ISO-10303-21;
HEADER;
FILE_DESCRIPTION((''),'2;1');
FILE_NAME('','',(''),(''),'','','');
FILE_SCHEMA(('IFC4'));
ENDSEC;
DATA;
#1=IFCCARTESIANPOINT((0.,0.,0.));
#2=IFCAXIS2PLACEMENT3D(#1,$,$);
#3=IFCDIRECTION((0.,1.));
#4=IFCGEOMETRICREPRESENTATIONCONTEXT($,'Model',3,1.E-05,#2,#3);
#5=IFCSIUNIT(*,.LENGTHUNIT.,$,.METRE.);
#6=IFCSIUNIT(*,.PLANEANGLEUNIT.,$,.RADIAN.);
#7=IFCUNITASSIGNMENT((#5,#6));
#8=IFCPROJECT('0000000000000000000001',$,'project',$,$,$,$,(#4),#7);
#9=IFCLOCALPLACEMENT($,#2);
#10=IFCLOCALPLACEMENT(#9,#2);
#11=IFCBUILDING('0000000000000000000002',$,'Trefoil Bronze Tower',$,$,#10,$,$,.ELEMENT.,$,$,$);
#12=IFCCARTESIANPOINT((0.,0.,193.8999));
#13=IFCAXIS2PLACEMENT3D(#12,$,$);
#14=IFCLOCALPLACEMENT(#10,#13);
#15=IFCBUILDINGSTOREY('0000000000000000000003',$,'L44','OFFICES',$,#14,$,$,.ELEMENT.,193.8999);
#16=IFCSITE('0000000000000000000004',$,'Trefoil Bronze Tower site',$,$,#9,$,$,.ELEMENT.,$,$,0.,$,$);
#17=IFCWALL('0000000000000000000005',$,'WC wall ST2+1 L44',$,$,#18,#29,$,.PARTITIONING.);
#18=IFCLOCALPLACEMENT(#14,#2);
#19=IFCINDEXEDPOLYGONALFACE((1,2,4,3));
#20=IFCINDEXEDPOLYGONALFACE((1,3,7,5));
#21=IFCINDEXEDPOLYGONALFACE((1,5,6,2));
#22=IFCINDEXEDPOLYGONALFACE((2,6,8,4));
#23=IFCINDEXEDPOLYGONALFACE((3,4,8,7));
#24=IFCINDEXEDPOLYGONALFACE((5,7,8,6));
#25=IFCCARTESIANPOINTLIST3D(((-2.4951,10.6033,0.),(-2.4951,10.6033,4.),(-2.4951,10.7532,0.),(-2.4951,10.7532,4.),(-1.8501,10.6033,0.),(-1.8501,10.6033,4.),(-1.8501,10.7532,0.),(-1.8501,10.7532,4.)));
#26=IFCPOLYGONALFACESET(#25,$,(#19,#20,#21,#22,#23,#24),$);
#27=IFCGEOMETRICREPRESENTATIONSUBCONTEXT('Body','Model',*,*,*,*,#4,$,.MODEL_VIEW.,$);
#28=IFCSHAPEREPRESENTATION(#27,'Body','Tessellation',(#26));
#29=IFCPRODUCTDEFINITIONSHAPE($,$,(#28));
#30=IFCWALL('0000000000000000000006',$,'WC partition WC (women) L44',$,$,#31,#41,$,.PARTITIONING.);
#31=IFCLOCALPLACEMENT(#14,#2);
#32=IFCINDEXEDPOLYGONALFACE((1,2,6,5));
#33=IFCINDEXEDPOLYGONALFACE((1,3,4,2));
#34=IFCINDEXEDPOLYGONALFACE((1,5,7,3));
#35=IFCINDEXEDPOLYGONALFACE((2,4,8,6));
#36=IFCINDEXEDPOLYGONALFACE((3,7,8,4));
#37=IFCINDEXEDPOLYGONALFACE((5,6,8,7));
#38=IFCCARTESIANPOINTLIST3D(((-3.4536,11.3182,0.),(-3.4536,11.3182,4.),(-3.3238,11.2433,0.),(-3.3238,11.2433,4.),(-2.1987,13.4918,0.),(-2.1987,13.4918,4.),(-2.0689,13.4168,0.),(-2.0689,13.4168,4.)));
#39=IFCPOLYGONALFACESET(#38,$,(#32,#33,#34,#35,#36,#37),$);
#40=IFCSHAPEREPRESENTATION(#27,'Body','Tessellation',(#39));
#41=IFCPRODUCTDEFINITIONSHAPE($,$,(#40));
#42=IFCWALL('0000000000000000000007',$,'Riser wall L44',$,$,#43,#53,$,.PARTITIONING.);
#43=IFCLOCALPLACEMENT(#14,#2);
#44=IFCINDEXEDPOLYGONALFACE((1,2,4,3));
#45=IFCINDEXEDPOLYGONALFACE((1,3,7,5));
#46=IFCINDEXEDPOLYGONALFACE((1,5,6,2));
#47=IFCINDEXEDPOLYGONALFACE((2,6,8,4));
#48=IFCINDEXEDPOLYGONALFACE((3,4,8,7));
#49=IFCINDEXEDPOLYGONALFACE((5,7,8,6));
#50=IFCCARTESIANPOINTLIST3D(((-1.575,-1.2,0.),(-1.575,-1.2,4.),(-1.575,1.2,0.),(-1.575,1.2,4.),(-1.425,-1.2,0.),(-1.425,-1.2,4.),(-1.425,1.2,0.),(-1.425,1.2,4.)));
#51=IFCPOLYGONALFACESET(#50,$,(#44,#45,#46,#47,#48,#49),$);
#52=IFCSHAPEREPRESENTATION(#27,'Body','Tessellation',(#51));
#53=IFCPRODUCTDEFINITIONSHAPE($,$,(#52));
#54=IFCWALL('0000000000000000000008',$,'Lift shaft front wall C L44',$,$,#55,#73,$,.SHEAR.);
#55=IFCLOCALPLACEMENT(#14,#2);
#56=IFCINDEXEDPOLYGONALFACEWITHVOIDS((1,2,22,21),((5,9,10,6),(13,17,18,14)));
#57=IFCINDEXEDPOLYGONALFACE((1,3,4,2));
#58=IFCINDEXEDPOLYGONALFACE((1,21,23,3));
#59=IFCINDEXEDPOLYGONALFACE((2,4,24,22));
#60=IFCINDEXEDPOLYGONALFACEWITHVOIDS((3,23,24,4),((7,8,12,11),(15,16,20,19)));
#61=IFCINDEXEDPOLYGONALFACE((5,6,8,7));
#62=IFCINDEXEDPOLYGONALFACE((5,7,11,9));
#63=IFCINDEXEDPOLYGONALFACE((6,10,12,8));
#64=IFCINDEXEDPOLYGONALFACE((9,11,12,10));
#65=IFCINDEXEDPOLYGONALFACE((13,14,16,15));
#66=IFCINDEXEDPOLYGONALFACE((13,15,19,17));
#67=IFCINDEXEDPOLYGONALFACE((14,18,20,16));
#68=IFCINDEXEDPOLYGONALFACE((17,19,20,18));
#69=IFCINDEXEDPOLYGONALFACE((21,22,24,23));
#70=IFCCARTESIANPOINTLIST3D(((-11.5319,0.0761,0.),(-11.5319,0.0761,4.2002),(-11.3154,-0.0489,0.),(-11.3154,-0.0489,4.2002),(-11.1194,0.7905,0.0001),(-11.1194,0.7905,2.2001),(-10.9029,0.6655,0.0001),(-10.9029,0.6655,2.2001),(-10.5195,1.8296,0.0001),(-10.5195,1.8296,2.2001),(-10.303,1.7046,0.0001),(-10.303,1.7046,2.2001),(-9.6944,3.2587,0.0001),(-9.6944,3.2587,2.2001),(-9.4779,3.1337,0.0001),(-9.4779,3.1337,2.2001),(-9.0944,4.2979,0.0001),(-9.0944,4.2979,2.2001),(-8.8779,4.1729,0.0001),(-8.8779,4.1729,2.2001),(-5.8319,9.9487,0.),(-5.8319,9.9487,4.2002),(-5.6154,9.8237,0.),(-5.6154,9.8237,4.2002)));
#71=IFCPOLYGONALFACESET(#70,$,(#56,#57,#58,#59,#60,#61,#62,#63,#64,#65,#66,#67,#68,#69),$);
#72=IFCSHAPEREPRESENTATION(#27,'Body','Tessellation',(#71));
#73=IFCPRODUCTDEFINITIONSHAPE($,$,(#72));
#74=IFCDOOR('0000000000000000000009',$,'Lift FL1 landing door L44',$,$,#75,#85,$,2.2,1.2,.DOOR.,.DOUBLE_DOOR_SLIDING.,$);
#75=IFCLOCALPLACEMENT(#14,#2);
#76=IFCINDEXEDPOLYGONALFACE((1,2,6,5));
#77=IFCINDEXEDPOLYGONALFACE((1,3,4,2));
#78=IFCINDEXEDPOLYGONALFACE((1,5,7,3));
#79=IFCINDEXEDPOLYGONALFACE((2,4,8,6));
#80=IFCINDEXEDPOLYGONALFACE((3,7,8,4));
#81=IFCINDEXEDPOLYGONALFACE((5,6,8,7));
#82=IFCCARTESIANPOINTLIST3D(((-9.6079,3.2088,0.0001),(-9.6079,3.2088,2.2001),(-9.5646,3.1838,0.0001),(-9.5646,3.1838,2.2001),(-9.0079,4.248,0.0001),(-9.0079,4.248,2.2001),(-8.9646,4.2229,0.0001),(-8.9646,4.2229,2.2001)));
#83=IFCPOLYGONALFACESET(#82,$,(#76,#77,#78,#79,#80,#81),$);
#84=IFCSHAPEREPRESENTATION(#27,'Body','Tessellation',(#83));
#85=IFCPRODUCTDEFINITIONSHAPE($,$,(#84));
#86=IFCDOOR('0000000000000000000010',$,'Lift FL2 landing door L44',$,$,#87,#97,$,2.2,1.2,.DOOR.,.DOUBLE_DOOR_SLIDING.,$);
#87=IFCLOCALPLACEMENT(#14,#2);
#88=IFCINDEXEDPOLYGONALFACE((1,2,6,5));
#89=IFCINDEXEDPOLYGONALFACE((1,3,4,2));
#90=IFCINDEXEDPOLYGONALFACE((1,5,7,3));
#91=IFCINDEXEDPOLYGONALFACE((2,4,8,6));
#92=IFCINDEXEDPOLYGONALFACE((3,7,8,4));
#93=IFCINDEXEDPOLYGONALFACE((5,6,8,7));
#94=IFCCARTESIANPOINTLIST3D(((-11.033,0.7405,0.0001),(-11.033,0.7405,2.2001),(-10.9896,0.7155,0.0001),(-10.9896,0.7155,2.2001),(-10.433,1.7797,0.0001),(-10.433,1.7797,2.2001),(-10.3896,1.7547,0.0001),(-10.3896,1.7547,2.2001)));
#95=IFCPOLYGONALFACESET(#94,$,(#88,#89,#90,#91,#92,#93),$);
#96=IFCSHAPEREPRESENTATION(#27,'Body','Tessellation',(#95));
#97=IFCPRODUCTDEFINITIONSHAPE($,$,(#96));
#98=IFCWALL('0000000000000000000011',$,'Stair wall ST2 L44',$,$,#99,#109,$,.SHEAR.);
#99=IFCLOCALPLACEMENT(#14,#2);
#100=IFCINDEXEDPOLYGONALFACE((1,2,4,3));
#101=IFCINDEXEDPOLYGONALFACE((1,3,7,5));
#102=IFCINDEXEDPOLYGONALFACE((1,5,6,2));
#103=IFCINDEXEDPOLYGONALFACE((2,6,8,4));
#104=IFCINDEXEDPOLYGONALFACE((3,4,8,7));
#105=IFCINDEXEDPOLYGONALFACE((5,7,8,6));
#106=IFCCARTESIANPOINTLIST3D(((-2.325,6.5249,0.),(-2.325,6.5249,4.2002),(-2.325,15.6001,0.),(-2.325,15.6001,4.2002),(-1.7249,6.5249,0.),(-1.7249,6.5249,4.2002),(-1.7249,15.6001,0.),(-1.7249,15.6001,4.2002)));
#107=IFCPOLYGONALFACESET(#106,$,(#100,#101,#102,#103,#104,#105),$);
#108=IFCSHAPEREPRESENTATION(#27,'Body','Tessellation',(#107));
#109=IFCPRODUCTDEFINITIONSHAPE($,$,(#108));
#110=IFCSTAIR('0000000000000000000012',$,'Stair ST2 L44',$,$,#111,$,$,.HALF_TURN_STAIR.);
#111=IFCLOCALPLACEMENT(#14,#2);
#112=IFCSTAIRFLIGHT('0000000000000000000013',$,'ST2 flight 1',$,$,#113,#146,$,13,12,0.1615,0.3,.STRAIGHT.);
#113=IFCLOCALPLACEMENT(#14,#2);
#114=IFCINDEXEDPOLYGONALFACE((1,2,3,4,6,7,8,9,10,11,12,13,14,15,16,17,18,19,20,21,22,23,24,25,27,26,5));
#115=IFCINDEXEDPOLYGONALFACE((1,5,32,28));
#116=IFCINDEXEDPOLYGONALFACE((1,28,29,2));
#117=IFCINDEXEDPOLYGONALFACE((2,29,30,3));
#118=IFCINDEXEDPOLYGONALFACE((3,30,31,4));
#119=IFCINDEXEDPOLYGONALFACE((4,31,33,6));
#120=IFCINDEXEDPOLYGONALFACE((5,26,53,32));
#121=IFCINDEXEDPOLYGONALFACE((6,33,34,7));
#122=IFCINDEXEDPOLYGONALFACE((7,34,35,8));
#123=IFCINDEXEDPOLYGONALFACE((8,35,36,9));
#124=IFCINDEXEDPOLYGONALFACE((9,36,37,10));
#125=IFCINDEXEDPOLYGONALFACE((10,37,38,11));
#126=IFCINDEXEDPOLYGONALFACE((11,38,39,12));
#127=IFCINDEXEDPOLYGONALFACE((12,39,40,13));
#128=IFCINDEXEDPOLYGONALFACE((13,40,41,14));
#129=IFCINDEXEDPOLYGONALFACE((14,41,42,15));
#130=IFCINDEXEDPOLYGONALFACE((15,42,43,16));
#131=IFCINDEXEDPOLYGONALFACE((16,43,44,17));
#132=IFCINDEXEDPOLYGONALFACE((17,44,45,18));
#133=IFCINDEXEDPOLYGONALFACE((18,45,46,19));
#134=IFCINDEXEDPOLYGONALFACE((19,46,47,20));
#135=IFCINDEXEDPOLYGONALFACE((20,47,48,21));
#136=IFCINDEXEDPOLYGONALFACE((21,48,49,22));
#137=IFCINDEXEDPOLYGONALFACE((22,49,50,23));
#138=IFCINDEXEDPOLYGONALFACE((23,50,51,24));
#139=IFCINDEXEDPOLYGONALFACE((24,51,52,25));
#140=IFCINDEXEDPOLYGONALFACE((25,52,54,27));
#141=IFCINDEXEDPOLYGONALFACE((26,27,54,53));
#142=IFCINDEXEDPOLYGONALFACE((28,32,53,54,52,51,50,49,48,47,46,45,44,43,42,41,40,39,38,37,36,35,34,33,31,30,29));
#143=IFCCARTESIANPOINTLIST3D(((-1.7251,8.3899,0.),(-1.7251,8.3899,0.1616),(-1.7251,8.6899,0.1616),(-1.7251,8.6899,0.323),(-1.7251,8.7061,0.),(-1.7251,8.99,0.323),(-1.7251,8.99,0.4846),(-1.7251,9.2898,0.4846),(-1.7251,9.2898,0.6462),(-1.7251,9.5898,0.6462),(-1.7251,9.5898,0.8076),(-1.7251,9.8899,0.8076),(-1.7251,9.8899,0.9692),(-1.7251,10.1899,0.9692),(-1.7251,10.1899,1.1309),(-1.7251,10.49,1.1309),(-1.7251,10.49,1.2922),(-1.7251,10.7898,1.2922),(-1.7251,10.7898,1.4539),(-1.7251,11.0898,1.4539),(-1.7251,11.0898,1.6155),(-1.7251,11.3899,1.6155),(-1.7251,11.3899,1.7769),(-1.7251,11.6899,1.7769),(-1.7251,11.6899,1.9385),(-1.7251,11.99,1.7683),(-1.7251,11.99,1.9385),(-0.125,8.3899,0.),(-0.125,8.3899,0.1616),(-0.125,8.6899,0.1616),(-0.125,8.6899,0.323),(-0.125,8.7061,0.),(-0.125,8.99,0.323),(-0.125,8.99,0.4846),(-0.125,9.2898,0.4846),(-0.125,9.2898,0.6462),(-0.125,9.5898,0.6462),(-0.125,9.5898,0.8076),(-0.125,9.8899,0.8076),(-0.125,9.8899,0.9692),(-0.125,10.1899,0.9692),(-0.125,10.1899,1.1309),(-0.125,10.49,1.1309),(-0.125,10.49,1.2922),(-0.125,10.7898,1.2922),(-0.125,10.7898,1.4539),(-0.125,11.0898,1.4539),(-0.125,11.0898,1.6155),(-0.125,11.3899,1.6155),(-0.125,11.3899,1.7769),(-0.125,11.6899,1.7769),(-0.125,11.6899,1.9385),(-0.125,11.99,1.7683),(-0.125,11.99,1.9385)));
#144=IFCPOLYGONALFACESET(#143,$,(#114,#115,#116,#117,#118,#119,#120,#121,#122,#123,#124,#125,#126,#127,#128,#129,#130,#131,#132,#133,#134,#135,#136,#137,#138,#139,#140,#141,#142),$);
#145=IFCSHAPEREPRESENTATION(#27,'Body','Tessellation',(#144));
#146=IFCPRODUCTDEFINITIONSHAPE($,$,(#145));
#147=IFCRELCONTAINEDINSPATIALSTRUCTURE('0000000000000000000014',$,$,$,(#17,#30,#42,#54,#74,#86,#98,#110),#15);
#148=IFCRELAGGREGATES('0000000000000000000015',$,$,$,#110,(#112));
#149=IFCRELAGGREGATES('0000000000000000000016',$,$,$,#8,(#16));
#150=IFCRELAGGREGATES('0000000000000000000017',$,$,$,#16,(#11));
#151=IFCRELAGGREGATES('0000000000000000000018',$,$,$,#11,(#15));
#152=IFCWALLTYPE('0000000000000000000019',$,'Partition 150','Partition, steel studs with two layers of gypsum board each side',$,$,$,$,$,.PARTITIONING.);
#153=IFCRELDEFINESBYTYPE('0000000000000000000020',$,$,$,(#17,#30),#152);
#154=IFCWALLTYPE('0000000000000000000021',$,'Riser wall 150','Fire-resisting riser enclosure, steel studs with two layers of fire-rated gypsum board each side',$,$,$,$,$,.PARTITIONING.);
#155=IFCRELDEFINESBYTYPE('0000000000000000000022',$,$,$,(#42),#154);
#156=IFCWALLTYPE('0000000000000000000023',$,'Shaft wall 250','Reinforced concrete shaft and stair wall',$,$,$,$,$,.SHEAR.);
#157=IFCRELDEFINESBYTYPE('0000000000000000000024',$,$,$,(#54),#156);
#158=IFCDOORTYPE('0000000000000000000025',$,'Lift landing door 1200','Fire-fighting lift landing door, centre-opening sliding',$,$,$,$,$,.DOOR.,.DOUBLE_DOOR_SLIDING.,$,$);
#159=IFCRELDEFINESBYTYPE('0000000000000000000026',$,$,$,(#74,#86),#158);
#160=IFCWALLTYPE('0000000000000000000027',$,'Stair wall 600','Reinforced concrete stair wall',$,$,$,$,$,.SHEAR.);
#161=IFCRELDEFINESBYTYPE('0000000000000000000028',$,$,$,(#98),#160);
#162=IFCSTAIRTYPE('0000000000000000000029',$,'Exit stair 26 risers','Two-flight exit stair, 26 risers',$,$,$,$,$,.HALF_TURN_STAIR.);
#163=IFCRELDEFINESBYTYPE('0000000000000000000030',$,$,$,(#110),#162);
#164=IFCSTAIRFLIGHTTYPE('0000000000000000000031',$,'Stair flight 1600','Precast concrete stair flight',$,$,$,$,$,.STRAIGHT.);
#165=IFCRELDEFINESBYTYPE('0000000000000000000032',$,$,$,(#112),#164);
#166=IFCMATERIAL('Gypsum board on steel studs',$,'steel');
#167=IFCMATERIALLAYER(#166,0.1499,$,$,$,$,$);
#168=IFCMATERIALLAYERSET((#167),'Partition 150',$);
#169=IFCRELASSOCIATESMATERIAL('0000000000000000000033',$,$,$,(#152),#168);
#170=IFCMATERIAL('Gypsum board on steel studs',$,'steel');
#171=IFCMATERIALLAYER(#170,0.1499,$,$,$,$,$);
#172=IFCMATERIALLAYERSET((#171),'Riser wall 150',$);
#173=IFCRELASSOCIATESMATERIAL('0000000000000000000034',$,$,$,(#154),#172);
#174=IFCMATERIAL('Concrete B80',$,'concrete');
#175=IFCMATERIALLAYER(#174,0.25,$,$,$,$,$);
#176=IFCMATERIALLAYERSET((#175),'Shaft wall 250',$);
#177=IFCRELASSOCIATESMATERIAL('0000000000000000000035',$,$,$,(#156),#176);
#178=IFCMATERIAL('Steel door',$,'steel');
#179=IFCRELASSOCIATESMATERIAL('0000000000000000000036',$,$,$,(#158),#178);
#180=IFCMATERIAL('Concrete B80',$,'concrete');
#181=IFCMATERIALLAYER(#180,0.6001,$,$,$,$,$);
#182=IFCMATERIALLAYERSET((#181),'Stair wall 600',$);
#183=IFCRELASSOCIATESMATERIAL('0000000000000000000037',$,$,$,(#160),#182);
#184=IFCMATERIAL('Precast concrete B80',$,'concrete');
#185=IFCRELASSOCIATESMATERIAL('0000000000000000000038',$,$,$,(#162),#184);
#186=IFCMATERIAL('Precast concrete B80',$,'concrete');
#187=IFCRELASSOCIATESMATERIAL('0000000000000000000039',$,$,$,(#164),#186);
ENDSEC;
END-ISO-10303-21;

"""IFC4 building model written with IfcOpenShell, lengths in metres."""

from ifc_helpers import new_model, si_unit, direction, frame, frame_2d, origin, place, context, subcontext, project, spatial, polyline, rectangle, outline, extrude, material, layer, layer_set, type_object, element, fill, aggregate, save


model = new_model("IFC4")

# Units and contexts
model_context = context("Model", 3, precision=1e-05, world=origin(), true_north=direction((0.0, 1.0)))
body_context = subcontext(model_context, "Body", "Model", "MODEL_VIEW")
ifc_project = project(units=[si_unit("LENGTHUNIT", "METRE"), si_unit("PLANEANGLEUNIT", "RADIAN")], contexts=[model_context])

# Site, building, storey
site_placement = place(None, origin())
site = spatial("IfcSite", under=ifc_project, at=site_placement, Name="Trefoil Bronze Tower site", CompositionType="ELEMENT", RefElevation=0.0)
building_placement = place(site_placement, origin())
building = spatial("IfcBuilding", under=site, at=building_placement, Name="Trefoil Bronze Tower", CompositionType="ELEMENT")
storey_placement = place(building_placement, frame((0.0, 0.0, 193.8999)))
storey = spatial("IfcBuildingStorey", under=building, at=storey_placement, Name="L44", Description="OFFICES", CompositionType="ELEMENT", Elevation=193.8999)

# Shared definitions
ifc_material_1 = material(Name="Gypsum board on steel studs", Category="steel")
ifc_layer_1 = layer(ifc_material_1, 0.1499)
ifc_layer_set_1 = layer_set([ifc_layer_1], Name="Partition 150")
wall_type_1 = type_object("IfcWallType", Name="Partition 150", Description="Partition, steel studs with two layers of gypsum board each side", PredefinedType="PARTITIONING", material=ifc_layer_set_1)

# Walls
wall_1_placement = place(storey_placement, frame((-2.4951, 10.6782, 0.0), z_axis=(0.0, 0.0, 1.0), x_axis=(1.0, 0.0, 0.0)))
element("IfcWall", 1, at=wall_1_placement, inside=storey, type_object=wall_type_1, Name="WC wall ST2+1 L44", PredefinedType="PARTITIONING", context=body_context, shape_type="SweptSolid", body=[
    extrude(rectangle(XDim=0.645, YDim=0.1499, at=frame_2d((0.3225, 0.0))), origin(), (0.0, 0.0, 1.0), 4.0),
])
wall_2_placement = place(storey_placement, frame((-3.3887, 11.2808, 0.0), z_axis=(0.0, 0.0, 1.0), x_axis=(0.499989, 0.866032, 0.0)))
element("IfcWall", 2, at=wall_2_placement, inside=storey, type_object=wall_type_1, Name="WC partition WC (women) L44", PredefinedType="PARTITIONING", context=body_context, shape_type="SweptSolid", body=[
    extrude(rectangle(XDim=2.5098, YDim=0.1499, at=frame_2d((1.2549, 0.0))), origin(), (0.0, 0.0, 1.0), 4.0),
])
ifc_material_2 = material(Name="Gypsum board on steel studs", Category="steel")
ifc_layer_2 = layer(ifc_material_2, 0.1499)
ifc_layer_set_2 = layer_set([ifc_layer_2], Name="Riser wall 150")
wall_type_2 = type_object("IfcWallType", Name="Riser wall 150", Description="Fire-resisting riser enclosure, steel studs with two layers of fire-rated gypsum board each side", PredefinedType="PARTITIONING", material=ifc_layer_set_2)
wall_3_placement = place(storey_placement, frame((-1.5, 1.2, 0.0), z_axis=(0.0, 0.0, 1.0), x_axis=(0.0, -1.0, 0.0)))
element("IfcWall", 3, at=wall_3_placement, inside=storey, type_object=wall_type_2, Name="Riser wall L44", PredefinedType="PARTITIONING", context=body_context, shape_type="SweptSolid", body=[
    extrude(rectangle(XDim=2.3999, YDim=0.1499, at=frame_2d((1.2, 0.0))), origin(), (0.0, 0.0, 1.0), 4.0),
])

# Wall, openings, doors
ifc_material_3 = material(Name="Concrete B80", Category="concrete")
ifc_layer_3 = layer(ifc_material_3, 0.25)
ifc_layer_set_3 = layer_set([ifc_layer_3], Name="Shaft wall 250")
wall_type_3 = type_object("IfcWallType", Name="Shaft wall 250", Description="Reinforced concrete shaft and stair wall", PredefinedType="SHEAR", material=ifc_layer_set_3)
wall_4_placement = place(storey_placement, frame((-5.7236, 9.8862, 0.0), z_axis=(0.0, 0.0, 1.0), x_axis=(-0.500002, -0.866024, 0.0)))
wall_4 = element("IfcWall", 4, at=wall_4_placement, inside=storey, type_object=wall_type_3, Name="Lift shaft front wall C L44", PredefinedType="SHEAR", context=body_context, shape_type="SweptSolid", body=[
    extrude(rectangle(XDim=11.3999, YDim=0.25, at=frame_2d((5.7, 0.0))), origin(), (0.0, 0.0, 1.0), 4.2002),
])
opening_1_placement = place(wall_4_placement, frame((6.5249, 0.0, 0.0)))
opening_1 = element("IfcOpeningElement", 5, at=opening_1_placement, cuts=wall_4, PredefinedType="OPENING", context=body_context, shape_type="SweptSolid", body=[
    extrude(rectangle(XDim=1.2, YDim=2.2, at=frame_2d((0.6001, 1.1001))), frame((0.0, 0.135, 0.0), z_axis=(0.0, -1.0, 0.0), x_axis=(1.0, 0.0, 0.0)), (0.0, 0.0, 1.0), 0.27),
])
opening_2_placement = place(wall_4_placement, frame((9.375, 0.0, 0.0)))
opening_2 = element("IfcOpeningElement", 6, at=opening_2_placement, cuts=wall_4, PredefinedType="OPENING", context=body_context, shape_type="SweptSolid", body=[
    extrude(rectangle(XDim=1.2, YDim=2.2, at=frame_2d((0.6001, 1.1001))), frame((0.0, 0.135, 0.0), z_axis=(0.0, -1.0, 0.0), x_axis=(1.0, 0.0, 0.0)), (0.0, 0.0, 1.0), 0.27),
])
ifc_material_4 = material(Name="Steel door", Category="steel")
door_type_1 = type_object("IfcDoorType", Name="Lift landing door 1200", Description="Fire-fighting lift landing door, centre-opening sliding", OperationType="DOUBLE_DOOR_SLIDING", PredefinedType="DOOR", material=ifc_material_4)
door_1_placement = place(opening_1_placement, origin())
door_1 = element("IfcDoor", 7, at=door_1_placement, inside=storey, type_object=door_type_1, Name="Lift FL1 landing door L44", OperationType="DOUBLE_DOOR_SLIDING", OverallHeight=2.2, OverallWidth=1.2, PredefinedType="DOOR", context=body_context, shape_type="SweptSolid", body=[
    extrude(rectangle(XDim=1.2, YDim=2.2, at=frame_2d((0.6001, 1.1001))), frame((0.0, 0.0249, 0.0), z_axis=(0.0, -1.0, 0.0), x_axis=(1.0, 0.0, 0.0)), (0.0, 0.0, 1.0), 0.05),
])
fill(opening_1, door_1)
door_2_placement = place(opening_2_placement, origin())
door_2 = element("IfcDoor", 8, at=door_2_placement, inside=storey, type_object=door_type_1, Name="Lift FL2 landing door L44", OperationType="DOUBLE_DOOR_SLIDING", OverallHeight=2.2, OverallWidth=1.2, PredefinedType="DOOR", context=body_context, shape_type="SweptSolid", body=[
    extrude(rectangle(XDim=1.2, YDim=2.2, at=frame_2d((0.6001, 1.1001))), frame((0.0, 0.0249, 0.0), z_axis=(0.0, -1.0, 0.0), x_axis=(1.0, 0.0, 0.0)), (0.0, 0.0, 1.0), 0.05),
])
fill(opening_2, door_2)

# Wall
ifc_material_5 = material(Name="Concrete B80", Category="concrete")
ifc_layer_4 = layer(ifc_material_5, 0.6001)
ifc_layer_set_4 = layer_set([ifc_layer_4], Name="Stair wall 600")
wall_type_4 = type_object("IfcWallType", Name="Stair wall 600", Description="Reinforced concrete stair wall", PredefinedType="SHEAR", material=ifc_layer_set_4)
wall_5_placement = place(storey_placement, frame((-2.0249, 6.5249, 0.0), z_axis=(0.0, 0.0, 1.0), x_axis=(0.0, 1.0, 0.0)))
element("IfcWall", 9, at=wall_5_placement, inside=storey, type_object=wall_type_4, Name="Stair wall ST2 L44", PredefinedType="SHEAR", context=body_context, shape_type="SweptSolid", body=[
    extrude(rectangle(XDim=9.0752, YDim=0.6001, at=frame_2d((4.5376, 0.0))), origin(), (0.0, 0.0, 1.0), 4.2002),
])

# Stair, stair flight
ifc_material_6 = material(Name="Precast concrete B80", Category="concrete")
stair_type = type_object("IfcStairType", Name="Exit stair 26 risers", Description="Two-flight exit stair, 26 risers", PredefinedType="HALF_TURN_STAIR", material=ifc_material_6)
stair_placement = place(storey_placement, origin())
stair = element("IfcStair", 10, at=stair_placement, inside=storey, type_object=stair_type, Name="Stair ST2 L44", PredefinedType="HALF_TURN_STAIR")
ifc_material_7 = material(Name="Precast concrete B80", Category="concrete")
stair_flight_type = type_object("IfcStairFlightType", Name="Stair flight 1600", Description="Precast concrete stair flight", PredefinedType="STRAIGHT", material=ifc_material_7)
stair_flight_placement = place(storey_placement, frame((-0.925, 8.3899, 0.0), z_axis=(0.0, 0.0, 1.0), x_axis=(0.0, 1.0, 0.0)))
stair_flight = element("IfcStairFlight", 11, at=stair_flight_placement, type_object=stair_flight_type, Name="ST2 flight 1", NumberOfRisers=13, NumberOfTreads=12, PredefinedType="STRAIGHT", RiserHeight=0.1615, TreadLength=0.3, context=body_context, shape_type="SweptSolid", body=[
    extrude(outline(polyline([(0.0, 0.0), (0.0, 0.1616), (0.3, 0.1616), (0.3, 0.323), (0.6001, 0.323), (0.6001, 0.4846), (0.8999, 0.4846), (0.8999, 0.6462), (1.2, 0.6462), (1.2, 0.8076), (1.5, 0.8076), (1.5, 0.9692), (1.8, 0.9692), (1.8, 1.1309), (2.1001, 1.1309), (2.1001, 1.2922), (2.3999, 1.2922), (2.3999, 1.4539), (2.7, 1.4539), (2.7, 1.6155), (3.0, 1.6155), (3.0, 1.7769), (3.3, 1.7769), (3.3, 1.9385), (3.6001, 1.9385), (3.6001, 2.1001), (3.6001, 1.7683), (0.3162, 0.0), (0.0, 0.0)])), frame((0.0, 0.8, 0.0), z_axis=(0.0, -1.0, 0.0), x_axis=(1.0, 0.0, 0.0)), (0.0, 0.0, 1.0), 1.6001),
])
aggregate(stair, [stair_flight])

save(model, "model.ifc")
